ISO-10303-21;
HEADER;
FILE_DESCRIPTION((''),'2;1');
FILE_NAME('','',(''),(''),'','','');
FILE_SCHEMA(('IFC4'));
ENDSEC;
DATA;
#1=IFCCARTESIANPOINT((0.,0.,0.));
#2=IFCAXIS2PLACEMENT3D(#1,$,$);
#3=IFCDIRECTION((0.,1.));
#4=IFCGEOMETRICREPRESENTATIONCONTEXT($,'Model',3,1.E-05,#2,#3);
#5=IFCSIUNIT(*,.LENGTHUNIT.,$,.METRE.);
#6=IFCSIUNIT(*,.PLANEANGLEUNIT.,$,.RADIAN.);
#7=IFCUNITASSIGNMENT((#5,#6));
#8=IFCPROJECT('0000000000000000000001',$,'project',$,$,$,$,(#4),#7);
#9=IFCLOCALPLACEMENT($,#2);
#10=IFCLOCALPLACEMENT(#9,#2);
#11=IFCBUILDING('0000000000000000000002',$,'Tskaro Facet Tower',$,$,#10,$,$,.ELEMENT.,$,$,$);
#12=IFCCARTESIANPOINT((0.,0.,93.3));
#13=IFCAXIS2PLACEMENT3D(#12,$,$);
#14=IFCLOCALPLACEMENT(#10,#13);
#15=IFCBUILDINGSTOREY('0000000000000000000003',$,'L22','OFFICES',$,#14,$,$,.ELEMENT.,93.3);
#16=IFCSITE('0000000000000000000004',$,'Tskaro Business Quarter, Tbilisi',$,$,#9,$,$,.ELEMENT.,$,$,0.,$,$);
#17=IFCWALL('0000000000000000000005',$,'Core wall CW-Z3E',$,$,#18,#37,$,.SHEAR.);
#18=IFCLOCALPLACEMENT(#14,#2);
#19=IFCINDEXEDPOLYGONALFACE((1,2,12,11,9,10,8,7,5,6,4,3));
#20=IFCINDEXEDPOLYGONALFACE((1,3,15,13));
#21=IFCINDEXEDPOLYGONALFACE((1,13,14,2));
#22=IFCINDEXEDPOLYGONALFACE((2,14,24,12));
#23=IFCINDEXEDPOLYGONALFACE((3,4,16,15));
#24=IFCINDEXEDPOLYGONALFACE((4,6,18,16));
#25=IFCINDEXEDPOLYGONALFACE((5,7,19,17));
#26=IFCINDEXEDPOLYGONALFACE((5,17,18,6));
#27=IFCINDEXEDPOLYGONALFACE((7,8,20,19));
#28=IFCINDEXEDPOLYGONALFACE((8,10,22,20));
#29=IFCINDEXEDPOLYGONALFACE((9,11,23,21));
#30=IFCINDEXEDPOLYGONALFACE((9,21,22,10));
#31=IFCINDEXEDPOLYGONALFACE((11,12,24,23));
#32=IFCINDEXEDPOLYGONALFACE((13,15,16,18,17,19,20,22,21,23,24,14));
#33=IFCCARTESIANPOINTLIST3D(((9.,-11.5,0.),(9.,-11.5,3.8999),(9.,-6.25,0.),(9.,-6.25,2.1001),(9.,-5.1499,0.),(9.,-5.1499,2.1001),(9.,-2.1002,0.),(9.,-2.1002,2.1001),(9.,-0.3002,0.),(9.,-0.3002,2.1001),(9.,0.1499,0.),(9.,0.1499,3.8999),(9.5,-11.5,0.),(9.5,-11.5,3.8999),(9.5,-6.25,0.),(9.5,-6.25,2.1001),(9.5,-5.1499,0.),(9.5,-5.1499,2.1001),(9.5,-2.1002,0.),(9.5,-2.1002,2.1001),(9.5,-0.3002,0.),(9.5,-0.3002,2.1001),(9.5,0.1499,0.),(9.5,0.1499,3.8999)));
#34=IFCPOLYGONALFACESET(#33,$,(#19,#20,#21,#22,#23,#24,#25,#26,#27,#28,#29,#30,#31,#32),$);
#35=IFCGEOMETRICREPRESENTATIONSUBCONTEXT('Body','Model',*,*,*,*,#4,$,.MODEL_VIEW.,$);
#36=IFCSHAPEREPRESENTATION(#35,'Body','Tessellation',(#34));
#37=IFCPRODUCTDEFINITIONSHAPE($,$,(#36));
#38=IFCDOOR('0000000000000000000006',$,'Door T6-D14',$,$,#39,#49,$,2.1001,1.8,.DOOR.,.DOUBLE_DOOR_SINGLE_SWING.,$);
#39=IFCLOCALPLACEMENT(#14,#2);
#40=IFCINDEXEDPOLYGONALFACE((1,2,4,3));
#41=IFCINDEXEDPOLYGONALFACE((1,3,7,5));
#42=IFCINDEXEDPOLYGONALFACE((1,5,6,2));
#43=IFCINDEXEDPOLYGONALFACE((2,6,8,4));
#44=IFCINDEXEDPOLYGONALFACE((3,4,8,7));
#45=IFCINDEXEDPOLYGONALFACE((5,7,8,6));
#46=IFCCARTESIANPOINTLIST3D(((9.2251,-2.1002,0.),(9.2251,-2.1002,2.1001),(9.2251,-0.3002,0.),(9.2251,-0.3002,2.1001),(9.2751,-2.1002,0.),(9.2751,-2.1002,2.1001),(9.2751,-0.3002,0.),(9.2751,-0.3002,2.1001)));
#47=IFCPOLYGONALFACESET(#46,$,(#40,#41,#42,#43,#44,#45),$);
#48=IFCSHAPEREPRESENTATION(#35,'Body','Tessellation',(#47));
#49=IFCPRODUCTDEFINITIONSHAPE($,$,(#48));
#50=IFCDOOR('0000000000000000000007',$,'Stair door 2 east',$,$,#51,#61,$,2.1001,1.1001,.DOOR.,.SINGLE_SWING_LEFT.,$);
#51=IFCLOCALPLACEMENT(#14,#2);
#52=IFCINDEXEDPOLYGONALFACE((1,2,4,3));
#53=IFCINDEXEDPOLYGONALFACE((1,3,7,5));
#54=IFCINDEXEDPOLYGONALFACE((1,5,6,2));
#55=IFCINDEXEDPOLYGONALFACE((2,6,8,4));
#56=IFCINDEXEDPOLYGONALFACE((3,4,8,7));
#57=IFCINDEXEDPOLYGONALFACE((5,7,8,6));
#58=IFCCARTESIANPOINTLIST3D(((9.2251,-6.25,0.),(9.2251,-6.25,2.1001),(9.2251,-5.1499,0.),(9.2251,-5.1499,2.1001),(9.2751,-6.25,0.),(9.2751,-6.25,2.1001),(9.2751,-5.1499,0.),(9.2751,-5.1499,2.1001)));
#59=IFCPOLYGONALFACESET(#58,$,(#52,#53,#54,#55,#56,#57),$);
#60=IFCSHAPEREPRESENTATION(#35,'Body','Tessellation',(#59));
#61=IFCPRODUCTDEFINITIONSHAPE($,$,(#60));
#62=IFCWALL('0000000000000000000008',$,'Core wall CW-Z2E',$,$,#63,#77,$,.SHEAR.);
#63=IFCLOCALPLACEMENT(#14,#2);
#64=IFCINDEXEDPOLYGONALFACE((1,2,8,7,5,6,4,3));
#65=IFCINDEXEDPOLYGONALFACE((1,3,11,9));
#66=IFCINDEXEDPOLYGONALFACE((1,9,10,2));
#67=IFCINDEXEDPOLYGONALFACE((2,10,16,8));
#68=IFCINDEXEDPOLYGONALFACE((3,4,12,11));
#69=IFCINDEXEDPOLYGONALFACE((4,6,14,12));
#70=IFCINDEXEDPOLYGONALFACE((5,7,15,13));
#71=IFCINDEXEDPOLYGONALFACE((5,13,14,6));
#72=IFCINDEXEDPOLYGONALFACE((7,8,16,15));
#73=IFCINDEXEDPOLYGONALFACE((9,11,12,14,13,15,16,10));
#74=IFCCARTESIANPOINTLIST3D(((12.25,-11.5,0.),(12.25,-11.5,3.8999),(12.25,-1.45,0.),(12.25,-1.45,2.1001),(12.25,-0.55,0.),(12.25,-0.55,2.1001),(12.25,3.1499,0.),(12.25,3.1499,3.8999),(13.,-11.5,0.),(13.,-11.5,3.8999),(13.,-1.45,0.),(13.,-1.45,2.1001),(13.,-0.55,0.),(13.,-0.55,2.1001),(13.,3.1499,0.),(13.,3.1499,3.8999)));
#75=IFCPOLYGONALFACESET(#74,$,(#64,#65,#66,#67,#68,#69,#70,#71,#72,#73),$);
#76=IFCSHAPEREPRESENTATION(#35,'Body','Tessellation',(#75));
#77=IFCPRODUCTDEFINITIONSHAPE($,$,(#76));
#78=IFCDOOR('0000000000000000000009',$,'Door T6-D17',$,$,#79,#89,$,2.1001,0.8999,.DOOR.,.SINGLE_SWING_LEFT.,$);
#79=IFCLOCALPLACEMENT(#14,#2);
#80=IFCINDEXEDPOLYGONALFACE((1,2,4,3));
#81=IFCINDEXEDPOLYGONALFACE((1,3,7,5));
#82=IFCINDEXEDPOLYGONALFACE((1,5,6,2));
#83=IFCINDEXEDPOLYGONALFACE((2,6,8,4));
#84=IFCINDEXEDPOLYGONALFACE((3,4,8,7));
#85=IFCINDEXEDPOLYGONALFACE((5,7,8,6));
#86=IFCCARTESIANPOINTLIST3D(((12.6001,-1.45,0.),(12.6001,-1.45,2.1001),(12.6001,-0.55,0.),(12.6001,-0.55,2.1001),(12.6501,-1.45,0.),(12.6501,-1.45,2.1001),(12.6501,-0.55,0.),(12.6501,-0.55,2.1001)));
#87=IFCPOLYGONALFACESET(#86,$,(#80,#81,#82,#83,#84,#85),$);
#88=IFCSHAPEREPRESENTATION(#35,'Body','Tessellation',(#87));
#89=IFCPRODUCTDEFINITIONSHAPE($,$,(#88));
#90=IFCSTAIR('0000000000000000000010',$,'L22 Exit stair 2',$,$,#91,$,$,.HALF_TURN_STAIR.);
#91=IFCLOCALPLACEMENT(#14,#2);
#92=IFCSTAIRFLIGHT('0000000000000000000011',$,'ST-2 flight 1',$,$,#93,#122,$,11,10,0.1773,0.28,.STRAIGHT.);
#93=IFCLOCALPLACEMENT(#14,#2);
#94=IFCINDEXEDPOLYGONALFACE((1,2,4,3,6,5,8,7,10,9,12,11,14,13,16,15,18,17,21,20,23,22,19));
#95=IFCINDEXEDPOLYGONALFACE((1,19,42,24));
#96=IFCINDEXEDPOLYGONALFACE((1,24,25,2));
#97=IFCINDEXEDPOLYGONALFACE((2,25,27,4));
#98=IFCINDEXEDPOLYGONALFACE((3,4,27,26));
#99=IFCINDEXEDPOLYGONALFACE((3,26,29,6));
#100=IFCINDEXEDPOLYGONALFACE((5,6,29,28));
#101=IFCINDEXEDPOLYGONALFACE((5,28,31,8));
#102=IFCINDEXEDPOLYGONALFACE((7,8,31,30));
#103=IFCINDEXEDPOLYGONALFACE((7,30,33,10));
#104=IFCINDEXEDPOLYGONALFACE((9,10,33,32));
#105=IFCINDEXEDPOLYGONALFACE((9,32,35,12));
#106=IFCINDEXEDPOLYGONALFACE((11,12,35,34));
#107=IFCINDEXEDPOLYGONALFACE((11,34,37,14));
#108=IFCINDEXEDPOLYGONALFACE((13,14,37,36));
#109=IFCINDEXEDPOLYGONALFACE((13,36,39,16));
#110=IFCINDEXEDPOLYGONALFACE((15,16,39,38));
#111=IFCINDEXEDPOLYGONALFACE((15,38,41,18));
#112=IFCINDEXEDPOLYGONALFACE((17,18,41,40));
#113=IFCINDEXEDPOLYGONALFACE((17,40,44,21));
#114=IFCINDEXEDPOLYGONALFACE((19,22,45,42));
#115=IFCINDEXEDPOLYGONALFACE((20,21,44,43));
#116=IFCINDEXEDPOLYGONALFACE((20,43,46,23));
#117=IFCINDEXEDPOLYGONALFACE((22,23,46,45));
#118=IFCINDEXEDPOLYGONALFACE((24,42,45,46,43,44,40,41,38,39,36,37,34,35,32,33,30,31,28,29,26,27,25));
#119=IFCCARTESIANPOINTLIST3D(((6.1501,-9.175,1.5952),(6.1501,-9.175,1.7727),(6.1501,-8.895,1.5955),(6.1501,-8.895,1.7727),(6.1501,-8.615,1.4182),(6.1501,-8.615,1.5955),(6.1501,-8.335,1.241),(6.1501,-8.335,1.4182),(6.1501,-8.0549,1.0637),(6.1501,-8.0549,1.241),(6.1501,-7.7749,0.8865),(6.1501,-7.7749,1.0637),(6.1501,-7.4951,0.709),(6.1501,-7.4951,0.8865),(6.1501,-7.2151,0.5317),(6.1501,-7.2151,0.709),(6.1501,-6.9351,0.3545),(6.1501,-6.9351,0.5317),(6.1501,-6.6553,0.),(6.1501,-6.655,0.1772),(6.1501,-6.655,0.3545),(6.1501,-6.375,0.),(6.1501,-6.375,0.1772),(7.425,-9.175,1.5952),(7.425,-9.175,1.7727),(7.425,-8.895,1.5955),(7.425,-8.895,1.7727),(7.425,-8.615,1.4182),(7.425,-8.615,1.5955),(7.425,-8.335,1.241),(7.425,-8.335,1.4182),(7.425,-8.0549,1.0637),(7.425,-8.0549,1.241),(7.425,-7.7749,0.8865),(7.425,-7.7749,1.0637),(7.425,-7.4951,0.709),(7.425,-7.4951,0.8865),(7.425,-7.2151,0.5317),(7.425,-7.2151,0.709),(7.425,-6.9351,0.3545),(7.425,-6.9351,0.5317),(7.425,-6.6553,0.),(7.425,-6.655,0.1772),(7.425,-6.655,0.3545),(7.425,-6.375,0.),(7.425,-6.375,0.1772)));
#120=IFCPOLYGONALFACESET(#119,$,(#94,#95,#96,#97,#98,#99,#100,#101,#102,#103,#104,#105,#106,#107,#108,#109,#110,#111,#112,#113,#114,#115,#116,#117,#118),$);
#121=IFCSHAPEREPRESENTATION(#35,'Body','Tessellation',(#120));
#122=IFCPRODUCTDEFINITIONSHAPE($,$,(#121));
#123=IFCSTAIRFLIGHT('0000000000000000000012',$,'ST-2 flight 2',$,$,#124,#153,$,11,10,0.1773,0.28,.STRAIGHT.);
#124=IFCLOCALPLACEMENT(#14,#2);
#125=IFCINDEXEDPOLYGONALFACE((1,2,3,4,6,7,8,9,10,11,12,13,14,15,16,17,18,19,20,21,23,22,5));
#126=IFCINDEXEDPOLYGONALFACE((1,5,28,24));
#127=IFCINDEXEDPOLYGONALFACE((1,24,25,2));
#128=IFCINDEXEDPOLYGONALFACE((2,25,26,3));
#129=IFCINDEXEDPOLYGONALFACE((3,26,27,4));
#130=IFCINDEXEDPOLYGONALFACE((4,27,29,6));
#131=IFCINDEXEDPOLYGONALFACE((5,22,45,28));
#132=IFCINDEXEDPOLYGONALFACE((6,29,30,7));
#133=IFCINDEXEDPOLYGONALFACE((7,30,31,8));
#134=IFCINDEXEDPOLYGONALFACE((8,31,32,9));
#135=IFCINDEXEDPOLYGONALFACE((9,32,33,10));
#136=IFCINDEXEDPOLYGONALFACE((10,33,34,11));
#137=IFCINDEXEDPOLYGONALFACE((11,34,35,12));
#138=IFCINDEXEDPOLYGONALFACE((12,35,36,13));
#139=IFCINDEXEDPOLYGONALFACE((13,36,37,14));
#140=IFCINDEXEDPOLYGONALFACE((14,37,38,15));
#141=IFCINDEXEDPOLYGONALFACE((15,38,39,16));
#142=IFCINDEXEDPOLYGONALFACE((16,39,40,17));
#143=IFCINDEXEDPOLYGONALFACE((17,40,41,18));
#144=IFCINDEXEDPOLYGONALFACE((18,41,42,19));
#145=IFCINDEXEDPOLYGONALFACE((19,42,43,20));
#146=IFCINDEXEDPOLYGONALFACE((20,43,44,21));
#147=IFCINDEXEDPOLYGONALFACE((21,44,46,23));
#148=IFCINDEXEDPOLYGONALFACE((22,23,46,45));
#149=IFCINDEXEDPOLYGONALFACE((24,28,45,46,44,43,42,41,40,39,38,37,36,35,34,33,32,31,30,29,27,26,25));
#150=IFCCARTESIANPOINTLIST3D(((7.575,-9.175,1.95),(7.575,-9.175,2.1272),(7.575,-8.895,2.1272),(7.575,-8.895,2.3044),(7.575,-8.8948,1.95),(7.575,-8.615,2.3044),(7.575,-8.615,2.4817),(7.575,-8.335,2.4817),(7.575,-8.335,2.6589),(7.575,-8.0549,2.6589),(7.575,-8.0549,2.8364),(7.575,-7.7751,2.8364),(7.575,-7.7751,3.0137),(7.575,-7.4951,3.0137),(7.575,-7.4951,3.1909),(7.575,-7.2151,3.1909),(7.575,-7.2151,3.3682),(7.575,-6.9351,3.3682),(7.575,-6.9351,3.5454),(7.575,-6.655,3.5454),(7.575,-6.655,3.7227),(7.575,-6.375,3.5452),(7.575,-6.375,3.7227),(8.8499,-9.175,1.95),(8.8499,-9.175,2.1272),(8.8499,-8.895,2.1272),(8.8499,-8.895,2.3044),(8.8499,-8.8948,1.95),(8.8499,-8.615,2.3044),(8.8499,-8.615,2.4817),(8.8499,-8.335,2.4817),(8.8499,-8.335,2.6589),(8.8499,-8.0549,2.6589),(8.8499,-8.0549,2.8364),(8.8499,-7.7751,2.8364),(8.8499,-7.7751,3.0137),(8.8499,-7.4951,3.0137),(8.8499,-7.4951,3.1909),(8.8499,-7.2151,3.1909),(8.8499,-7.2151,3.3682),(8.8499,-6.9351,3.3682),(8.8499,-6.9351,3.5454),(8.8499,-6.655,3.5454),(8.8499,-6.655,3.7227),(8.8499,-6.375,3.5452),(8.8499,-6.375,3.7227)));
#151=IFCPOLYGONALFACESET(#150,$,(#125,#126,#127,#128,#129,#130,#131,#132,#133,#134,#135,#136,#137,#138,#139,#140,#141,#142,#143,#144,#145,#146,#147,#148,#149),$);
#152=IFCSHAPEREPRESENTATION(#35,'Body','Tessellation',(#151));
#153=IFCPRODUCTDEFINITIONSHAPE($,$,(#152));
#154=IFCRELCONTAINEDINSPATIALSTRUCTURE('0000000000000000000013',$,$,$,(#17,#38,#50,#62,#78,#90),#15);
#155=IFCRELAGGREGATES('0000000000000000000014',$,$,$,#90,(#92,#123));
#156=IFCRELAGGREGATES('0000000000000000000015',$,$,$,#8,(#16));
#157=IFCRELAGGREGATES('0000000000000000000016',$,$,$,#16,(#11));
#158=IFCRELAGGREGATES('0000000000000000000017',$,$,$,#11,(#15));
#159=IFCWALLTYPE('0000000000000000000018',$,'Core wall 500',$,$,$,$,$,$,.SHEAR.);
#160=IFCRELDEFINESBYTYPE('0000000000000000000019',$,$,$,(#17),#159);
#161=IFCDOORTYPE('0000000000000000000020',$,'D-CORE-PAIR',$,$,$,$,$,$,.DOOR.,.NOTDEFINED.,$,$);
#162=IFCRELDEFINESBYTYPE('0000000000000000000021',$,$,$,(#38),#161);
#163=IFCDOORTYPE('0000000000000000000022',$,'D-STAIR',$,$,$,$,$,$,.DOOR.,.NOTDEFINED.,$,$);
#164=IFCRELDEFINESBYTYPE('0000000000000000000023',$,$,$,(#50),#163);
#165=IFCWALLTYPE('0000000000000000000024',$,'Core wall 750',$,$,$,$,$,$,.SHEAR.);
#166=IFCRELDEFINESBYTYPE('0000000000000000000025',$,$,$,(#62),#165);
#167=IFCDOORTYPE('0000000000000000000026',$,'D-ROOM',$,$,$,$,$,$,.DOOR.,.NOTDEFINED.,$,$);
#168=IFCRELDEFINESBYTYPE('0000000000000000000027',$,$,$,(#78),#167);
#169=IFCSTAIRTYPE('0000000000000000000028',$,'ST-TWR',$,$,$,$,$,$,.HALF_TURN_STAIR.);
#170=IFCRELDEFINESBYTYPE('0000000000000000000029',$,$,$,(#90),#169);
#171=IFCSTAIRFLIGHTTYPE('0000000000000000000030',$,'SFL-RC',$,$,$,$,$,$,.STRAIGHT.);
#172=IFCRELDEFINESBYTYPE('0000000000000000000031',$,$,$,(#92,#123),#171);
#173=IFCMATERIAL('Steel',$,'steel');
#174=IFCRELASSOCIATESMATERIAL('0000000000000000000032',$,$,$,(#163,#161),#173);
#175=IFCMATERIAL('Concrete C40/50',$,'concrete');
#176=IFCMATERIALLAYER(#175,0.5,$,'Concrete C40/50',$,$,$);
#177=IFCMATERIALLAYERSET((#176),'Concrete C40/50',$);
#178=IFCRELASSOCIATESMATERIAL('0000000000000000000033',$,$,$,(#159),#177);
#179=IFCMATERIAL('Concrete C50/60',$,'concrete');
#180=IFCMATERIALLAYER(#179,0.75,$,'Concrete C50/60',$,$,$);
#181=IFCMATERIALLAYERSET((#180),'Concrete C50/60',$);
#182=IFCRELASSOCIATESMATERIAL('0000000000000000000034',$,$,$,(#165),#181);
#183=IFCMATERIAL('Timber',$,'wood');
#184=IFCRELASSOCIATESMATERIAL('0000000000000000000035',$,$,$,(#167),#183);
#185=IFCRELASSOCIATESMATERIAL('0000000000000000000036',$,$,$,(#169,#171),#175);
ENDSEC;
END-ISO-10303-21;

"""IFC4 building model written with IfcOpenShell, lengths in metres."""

from ifc_helpers import new_model, si_unit, direction, frame, frame_2d, origin, place, context, subcontext, project, spatial, polyline, rectangle, outline, extrude, material, layer, layer_set, type_object, element, fill, aggregate, save


model = new_model("IFC4")

# Units and contexts
model_context = context("Model", 3, precision=1e-05, world=origin(), true_north=direction((0.0, 1.0)))
body_context = subcontext(model_context, "Body", "Model", "MODEL_VIEW")
ifc_project = project(units=[si_unit("LENGTHUNIT", "METRE"), si_unit("PLANEANGLEUNIT", "RADIAN")], contexts=[model_context])

# Site, building, storey
site_placement = place(None, origin())
site = spatial("IfcSite", under=ifc_project, at=site_placement, Name="Tskaro Business Quarter, Tbilisi", CompositionType="ELEMENT", RefElevation=0.0)
building_placement = place(site_placement, origin())
building = spatial("IfcBuilding", under=site, at=building_placement, Name="Tskaro Facet Tower", CompositionType="ELEMENT")
storey_placement = place(building_placement, frame((0.0, 0.0, 93.3)))
storey = spatial("IfcBuildingStorey", under=building, at=storey_placement, Name="L22", Description="OFFICES", CompositionType="ELEMENT", Elevation=93.3)

# Shared definitions
ifc_material_1 = material(Name="Steel", Category="steel")
door_type_1 = type_object("IfcDoorType", Name="D-STAIR", OperationType="NOTDEFINED", PredefinedType="DOOR", material=ifc_material_1)

# Shared definitions
door_type_2 = type_object("IfcDoorType", Name="D-CORE-PAIR", OperationType="NOTDEFINED", PredefinedType="DOOR", material=ifc_material_1)

# Wall, openings, doors
ifc_material_2 = material(Name="Concrete C40/50", Category="concrete")
ifc_layer_1 = layer(ifc_material_2, 0.5, Name="Concrete C40/50")
ifc_layer_set_1 = layer_set([ifc_layer_1], Name="Concrete C40/50")
wall_type_1 = type_object("IfcWallType", Name="Core wall 500", PredefinedType="SHEAR", material=ifc_layer_set_1)
wall_1_placement = place(storey_placement, frame((9.25, -11.5, 0.0), z_axis=(0.0, 0.0, 1.0), x_axis=(0.0, 1.0, 0.0)))
wall_1 = element("IfcWall", 1, at=wall_1_placement, inside=storey, type_object=wall_type_1, Name="Core wall CW-Z3E", PredefinedType="SHEAR", context=body_context, shape_type="SweptSolid", body=[
    extrude(rectangle(XDim=11.6499, YDim=0.5, at=frame_2d((5.825, 0.0))), origin(), (0.0, 0.0, 1.0), 3.8999),
])
opening_1_placement = place(wall_1_placement, frame((9.3999, 0.0, 0.0)))
opening_1 = element("IfcOpeningElement", 2, at=opening_1_placement, cuts=wall_1, PredefinedType="OPENING", context=body_context, shape_type="SweptSolid", body=[
    extrude(rectangle(XDim=1.8, YDim=2.1001, at=frame_2d((0.8999, 1.05))), frame((0.0, 0.26, 0.0), z_axis=(0.0, -1.0, 0.0), x_axis=(1.0, 0.0, 0.0)), (0.0, 0.0, 1.0), 0.52),
])
opening_2_placement = place(wall_1_placement, frame((5.25, 0.0, 0.0)))
opening_2 = element("IfcOpeningElement", 3, at=opening_2_placement, cuts=wall_1, PredefinedType="OPENING", context=body_context, shape_type="SweptSolid", body=[
    extrude(rectangle(XDim=1.1001, YDim=2.1001, at=frame_2d((0.55, 1.05))), frame((0.0, 0.26, 0.0), z_axis=(0.0, -1.0, 0.0), x_axis=(1.0, 0.0, 0.0)), (0.0, 0.0, 1.0), 0.52),
])
door_1_placement = place(opening_1_placement, origin())
door_1 = element("IfcDoor", 4, at=door_1_placement, inside=storey, type_object=door_type_2, Name="Door T6-D14", OperationType="DOUBLE_DOOR_SINGLE_SWING", OverallHeight=2.1001, OverallWidth=1.8, PredefinedType="DOOR", context=body_context, shape_type="SweptSolid", body=[
    extrude(rectangle(XDim=1.8, YDim=2.1001, at=frame_2d((0.8999, 1.05))), frame((0.0, 0.0249, 0.0), z_axis=(0.0, -1.0, 0.0), x_axis=(1.0, 0.0, 0.0)), (0.0, 0.0, 1.0), 0.05),
])
fill(opening_1, door_1)
door_2_placement = place(opening_2_placement, origin())
door_2 = element("IfcDoor", 5, at=door_2_placement, inside=storey, type_object=door_type_1, Name="Stair door 2 east", OperationType="SINGLE_SWING_LEFT", OverallHeight=2.1001, OverallWidth=1.1001, PredefinedType="DOOR", context=body_context, shape_type="SweptSolid", body=[
    extrude(rectangle(XDim=1.1001, YDim=2.1001, at=frame_2d((0.55, 1.05))), frame((0.0, 0.0249, 0.0), z_axis=(0.0, -1.0, 0.0), x_axis=(1.0, 0.0, 0.0)), (0.0, 0.0, 1.0), 0.05),
])
fill(opening_2, door_2)

# Wall, opening, door
ifc_material_3 = material(Name="Concrete C50/60", Category="concrete")
ifc_layer_2 = layer(ifc_material_3, 0.75, Name="Concrete C50/60")
ifc_layer_set_2 = layer_set([ifc_layer_2], Name="Concrete C50/60")
wall_type_2 = type_object("IfcWallType", Name="Core wall 750", PredefinedType="SHEAR", material=ifc_layer_set_2)
wall_2_placement = place(storey_placement, frame((12.625, -11.5, 0.0), z_axis=(0.0, 0.0, 1.0), x_axis=(0.0, 1.0, 0.0)))
wall_2 = element("IfcWall", 6, at=wall_2_placement, inside=storey, type_object=wall_type_2, Name="Core wall CW-Z2E", PredefinedType="SHEAR", context=body_context, shape_type="SweptSolid", body=[
    extrude(rectangle(XDim=14.6499, YDim=0.75, at=frame_2d((7.325, 0.0))), origin(), (0.0, 0.0, 1.0), 3.8999),
])
opening_3_placement = place(wall_2_placement, frame((10.05, 0.0, 0.0)))
opening_3 = element("IfcOpeningElement", 7, at=opening_3_placement, cuts=wall_2, PredefinedType="OPENING", context=body_context, shape_type="SweptSolid", body=[
    extrude(rectangle(XDim=0.8999, YDim=2.1001, at=frame_2d((0.45, 1.05))), frame((0.0, 0.385, 0.0), z_axis=(0.0, -1.0, 0.0), x_axis=(1.0, 0.0, 0.0)), (0.0, 0.0, 1.0), 0.77),
])
ifc_material_4 = material(Name="Timber", Category="wood")
door_type_3 = type_object("IfcDoorType", Name="D-ROOM", OperationType="NOTDEFINED", PredefinedType="DOOR", material=ifc_material_4)
door_3_placement = place(opening_3_placement, origin())
door_3 = element("IfcDoor", 8, at=door_3_placement, inside=storey, type_object=door_type_3, Name="Door T6-D17", OperationType="SINGLE_SWING_LEFT", OverallHeight=2.1001, OverallWidth=0.8999, PredefinedType="DOOR", context=body_context, shape_type="SweptSolid", body=[
    extrude(rectangle(XDim=0.8999, YDim=2.1001, at=frame_2d((0.45, 1.05))), frame((0.0, 0.0249, 0.0), z_axis=(0.0, -1.0, 0.0), x_axis=(1.0, 0.0, 0.0)), (0.0, 0.0, 1.0), 0.05),
])
fill(opening_3, door_3)

# Stair, stair flights
stair_type = type_object("IfcStairType", Name="ST-TWR", PredefinedType="HALF_TURN_STAIR", material=ifc_material_2)
stair_placement = place(storey_placement, origin())
stair = element("IfcStair", 9, at=stair_placement, inside=storey, type_object=stair_type, Name="L22 Exit stair 2", PredefinedType="HALF_TURN_STAIR")
stair_flight_type = type_object("IfcStairFlightType", Name="SFL-RC", PredefinedType="STRAIGHT", material=ifc_material_2)
stair_flight_1_placement = place(storey_placement, frame((6.7876, -6.375, 0.0), z_axis=(0.0, 0.0, 1.0), x_axis=(0.0, -1.0, 0.0)))
stair_flight_1 = element("IfcStairFlight", 10, at=stair_flight_1_placement, type_object=stair_flight_type, Name="ST-2 flight 1", NumberOfRisers=11, NumberOfTreads=10, PredefinedType="STRAIGHT", RiserHeight=0.1773, TreadLength=0.28, context=body_context, shape_type="SweptSolid", body=[
    extrude(outline(polyline([(0.0, 0.0), (0.0, 0.1772), (0.28, 0.1772), (0.28, 0.3545), (0.5601, 0.3545), (0.5601, 0.5317), (0.8401, 0.5317), (0.8401, 0.709), (1.1201, 0.709), (1.1201, 0.8865), (1.3999, 0.8865), (1.3999, 1.0637), (1.6799, 1.0637), (1.6799, 1.241), (1.96, 1.241), (1.96, 1.4182), (2.24, 1.4182), (2.24, 1.5955), (2.52, 1.5955), (2.52, 1.7727), (2.8, 1.7727), (2.8, 1.95), (2.8, 1.5952), (0.2803, 0.0), (0.0, 0.0)])), frame((0.0, 0.6375, 0.0), z_axis=(0.0, -1.0, 0.0), x_axis=(1.0, 0.0, 0.0)), (0.0, 0.0, 1.0), 1.2749),
])
stair_flight_2_placement = place(storey_placement, frame((8.2124, -9.175, 1.95), z_axis=(0.0, 0.0, 1.0), x_axis=(0.0, 1.0, 0.0)))
stair_flight_2 = element("IfcStairFlight", 11, at=stair_flight_2_placement, type_object=stair_flight_type, Name="ST-2 flight 2", NumberOfRisers=11, NumberOfTreads=10, PredefinedType="STRAIGHT", RiserHeight=0.1773, TreadLength=0.28, context=body_context, shape_type="SweptSolid", body=[
    extrude(outline(polyline([(0.0, 0.0), (0.0, 0.1772), (0.28, 0.1772), (0.28, 0.3545), (0.5601, 0.3545), (0.5601, 0.5317), (0.8401, 0.5317), (0.8401, 0.709), (1.1201, 0.709), (1.1201, 0.8865), (1.3999, 0.8865), (1.3999, 1.0637), (1.6799, 1.0637), (1.6799, 1.241), (1.96, 1.241), (1.96, 1.4182), (2.24, 1.4182), (2.24, 1.5955), (2.52, 1.5955), (2.52, 1.7727), (2.8, 1.7727), (2.8, 1.95), (2.8, 1.5952), (0.2803, 0.0), (0.0, 0.0)])), frame((0.0, 0.6375, 0.0), z_axis=(0.0, -1.0, 0.0), x_axis=(1.0, 0.0, 0.0)), (0.0, 0.0, 1.0), 1.2749),
])
aggregate(stair, [stair_flight_1, stair_flight_2])

save(model, "model.ifc")
